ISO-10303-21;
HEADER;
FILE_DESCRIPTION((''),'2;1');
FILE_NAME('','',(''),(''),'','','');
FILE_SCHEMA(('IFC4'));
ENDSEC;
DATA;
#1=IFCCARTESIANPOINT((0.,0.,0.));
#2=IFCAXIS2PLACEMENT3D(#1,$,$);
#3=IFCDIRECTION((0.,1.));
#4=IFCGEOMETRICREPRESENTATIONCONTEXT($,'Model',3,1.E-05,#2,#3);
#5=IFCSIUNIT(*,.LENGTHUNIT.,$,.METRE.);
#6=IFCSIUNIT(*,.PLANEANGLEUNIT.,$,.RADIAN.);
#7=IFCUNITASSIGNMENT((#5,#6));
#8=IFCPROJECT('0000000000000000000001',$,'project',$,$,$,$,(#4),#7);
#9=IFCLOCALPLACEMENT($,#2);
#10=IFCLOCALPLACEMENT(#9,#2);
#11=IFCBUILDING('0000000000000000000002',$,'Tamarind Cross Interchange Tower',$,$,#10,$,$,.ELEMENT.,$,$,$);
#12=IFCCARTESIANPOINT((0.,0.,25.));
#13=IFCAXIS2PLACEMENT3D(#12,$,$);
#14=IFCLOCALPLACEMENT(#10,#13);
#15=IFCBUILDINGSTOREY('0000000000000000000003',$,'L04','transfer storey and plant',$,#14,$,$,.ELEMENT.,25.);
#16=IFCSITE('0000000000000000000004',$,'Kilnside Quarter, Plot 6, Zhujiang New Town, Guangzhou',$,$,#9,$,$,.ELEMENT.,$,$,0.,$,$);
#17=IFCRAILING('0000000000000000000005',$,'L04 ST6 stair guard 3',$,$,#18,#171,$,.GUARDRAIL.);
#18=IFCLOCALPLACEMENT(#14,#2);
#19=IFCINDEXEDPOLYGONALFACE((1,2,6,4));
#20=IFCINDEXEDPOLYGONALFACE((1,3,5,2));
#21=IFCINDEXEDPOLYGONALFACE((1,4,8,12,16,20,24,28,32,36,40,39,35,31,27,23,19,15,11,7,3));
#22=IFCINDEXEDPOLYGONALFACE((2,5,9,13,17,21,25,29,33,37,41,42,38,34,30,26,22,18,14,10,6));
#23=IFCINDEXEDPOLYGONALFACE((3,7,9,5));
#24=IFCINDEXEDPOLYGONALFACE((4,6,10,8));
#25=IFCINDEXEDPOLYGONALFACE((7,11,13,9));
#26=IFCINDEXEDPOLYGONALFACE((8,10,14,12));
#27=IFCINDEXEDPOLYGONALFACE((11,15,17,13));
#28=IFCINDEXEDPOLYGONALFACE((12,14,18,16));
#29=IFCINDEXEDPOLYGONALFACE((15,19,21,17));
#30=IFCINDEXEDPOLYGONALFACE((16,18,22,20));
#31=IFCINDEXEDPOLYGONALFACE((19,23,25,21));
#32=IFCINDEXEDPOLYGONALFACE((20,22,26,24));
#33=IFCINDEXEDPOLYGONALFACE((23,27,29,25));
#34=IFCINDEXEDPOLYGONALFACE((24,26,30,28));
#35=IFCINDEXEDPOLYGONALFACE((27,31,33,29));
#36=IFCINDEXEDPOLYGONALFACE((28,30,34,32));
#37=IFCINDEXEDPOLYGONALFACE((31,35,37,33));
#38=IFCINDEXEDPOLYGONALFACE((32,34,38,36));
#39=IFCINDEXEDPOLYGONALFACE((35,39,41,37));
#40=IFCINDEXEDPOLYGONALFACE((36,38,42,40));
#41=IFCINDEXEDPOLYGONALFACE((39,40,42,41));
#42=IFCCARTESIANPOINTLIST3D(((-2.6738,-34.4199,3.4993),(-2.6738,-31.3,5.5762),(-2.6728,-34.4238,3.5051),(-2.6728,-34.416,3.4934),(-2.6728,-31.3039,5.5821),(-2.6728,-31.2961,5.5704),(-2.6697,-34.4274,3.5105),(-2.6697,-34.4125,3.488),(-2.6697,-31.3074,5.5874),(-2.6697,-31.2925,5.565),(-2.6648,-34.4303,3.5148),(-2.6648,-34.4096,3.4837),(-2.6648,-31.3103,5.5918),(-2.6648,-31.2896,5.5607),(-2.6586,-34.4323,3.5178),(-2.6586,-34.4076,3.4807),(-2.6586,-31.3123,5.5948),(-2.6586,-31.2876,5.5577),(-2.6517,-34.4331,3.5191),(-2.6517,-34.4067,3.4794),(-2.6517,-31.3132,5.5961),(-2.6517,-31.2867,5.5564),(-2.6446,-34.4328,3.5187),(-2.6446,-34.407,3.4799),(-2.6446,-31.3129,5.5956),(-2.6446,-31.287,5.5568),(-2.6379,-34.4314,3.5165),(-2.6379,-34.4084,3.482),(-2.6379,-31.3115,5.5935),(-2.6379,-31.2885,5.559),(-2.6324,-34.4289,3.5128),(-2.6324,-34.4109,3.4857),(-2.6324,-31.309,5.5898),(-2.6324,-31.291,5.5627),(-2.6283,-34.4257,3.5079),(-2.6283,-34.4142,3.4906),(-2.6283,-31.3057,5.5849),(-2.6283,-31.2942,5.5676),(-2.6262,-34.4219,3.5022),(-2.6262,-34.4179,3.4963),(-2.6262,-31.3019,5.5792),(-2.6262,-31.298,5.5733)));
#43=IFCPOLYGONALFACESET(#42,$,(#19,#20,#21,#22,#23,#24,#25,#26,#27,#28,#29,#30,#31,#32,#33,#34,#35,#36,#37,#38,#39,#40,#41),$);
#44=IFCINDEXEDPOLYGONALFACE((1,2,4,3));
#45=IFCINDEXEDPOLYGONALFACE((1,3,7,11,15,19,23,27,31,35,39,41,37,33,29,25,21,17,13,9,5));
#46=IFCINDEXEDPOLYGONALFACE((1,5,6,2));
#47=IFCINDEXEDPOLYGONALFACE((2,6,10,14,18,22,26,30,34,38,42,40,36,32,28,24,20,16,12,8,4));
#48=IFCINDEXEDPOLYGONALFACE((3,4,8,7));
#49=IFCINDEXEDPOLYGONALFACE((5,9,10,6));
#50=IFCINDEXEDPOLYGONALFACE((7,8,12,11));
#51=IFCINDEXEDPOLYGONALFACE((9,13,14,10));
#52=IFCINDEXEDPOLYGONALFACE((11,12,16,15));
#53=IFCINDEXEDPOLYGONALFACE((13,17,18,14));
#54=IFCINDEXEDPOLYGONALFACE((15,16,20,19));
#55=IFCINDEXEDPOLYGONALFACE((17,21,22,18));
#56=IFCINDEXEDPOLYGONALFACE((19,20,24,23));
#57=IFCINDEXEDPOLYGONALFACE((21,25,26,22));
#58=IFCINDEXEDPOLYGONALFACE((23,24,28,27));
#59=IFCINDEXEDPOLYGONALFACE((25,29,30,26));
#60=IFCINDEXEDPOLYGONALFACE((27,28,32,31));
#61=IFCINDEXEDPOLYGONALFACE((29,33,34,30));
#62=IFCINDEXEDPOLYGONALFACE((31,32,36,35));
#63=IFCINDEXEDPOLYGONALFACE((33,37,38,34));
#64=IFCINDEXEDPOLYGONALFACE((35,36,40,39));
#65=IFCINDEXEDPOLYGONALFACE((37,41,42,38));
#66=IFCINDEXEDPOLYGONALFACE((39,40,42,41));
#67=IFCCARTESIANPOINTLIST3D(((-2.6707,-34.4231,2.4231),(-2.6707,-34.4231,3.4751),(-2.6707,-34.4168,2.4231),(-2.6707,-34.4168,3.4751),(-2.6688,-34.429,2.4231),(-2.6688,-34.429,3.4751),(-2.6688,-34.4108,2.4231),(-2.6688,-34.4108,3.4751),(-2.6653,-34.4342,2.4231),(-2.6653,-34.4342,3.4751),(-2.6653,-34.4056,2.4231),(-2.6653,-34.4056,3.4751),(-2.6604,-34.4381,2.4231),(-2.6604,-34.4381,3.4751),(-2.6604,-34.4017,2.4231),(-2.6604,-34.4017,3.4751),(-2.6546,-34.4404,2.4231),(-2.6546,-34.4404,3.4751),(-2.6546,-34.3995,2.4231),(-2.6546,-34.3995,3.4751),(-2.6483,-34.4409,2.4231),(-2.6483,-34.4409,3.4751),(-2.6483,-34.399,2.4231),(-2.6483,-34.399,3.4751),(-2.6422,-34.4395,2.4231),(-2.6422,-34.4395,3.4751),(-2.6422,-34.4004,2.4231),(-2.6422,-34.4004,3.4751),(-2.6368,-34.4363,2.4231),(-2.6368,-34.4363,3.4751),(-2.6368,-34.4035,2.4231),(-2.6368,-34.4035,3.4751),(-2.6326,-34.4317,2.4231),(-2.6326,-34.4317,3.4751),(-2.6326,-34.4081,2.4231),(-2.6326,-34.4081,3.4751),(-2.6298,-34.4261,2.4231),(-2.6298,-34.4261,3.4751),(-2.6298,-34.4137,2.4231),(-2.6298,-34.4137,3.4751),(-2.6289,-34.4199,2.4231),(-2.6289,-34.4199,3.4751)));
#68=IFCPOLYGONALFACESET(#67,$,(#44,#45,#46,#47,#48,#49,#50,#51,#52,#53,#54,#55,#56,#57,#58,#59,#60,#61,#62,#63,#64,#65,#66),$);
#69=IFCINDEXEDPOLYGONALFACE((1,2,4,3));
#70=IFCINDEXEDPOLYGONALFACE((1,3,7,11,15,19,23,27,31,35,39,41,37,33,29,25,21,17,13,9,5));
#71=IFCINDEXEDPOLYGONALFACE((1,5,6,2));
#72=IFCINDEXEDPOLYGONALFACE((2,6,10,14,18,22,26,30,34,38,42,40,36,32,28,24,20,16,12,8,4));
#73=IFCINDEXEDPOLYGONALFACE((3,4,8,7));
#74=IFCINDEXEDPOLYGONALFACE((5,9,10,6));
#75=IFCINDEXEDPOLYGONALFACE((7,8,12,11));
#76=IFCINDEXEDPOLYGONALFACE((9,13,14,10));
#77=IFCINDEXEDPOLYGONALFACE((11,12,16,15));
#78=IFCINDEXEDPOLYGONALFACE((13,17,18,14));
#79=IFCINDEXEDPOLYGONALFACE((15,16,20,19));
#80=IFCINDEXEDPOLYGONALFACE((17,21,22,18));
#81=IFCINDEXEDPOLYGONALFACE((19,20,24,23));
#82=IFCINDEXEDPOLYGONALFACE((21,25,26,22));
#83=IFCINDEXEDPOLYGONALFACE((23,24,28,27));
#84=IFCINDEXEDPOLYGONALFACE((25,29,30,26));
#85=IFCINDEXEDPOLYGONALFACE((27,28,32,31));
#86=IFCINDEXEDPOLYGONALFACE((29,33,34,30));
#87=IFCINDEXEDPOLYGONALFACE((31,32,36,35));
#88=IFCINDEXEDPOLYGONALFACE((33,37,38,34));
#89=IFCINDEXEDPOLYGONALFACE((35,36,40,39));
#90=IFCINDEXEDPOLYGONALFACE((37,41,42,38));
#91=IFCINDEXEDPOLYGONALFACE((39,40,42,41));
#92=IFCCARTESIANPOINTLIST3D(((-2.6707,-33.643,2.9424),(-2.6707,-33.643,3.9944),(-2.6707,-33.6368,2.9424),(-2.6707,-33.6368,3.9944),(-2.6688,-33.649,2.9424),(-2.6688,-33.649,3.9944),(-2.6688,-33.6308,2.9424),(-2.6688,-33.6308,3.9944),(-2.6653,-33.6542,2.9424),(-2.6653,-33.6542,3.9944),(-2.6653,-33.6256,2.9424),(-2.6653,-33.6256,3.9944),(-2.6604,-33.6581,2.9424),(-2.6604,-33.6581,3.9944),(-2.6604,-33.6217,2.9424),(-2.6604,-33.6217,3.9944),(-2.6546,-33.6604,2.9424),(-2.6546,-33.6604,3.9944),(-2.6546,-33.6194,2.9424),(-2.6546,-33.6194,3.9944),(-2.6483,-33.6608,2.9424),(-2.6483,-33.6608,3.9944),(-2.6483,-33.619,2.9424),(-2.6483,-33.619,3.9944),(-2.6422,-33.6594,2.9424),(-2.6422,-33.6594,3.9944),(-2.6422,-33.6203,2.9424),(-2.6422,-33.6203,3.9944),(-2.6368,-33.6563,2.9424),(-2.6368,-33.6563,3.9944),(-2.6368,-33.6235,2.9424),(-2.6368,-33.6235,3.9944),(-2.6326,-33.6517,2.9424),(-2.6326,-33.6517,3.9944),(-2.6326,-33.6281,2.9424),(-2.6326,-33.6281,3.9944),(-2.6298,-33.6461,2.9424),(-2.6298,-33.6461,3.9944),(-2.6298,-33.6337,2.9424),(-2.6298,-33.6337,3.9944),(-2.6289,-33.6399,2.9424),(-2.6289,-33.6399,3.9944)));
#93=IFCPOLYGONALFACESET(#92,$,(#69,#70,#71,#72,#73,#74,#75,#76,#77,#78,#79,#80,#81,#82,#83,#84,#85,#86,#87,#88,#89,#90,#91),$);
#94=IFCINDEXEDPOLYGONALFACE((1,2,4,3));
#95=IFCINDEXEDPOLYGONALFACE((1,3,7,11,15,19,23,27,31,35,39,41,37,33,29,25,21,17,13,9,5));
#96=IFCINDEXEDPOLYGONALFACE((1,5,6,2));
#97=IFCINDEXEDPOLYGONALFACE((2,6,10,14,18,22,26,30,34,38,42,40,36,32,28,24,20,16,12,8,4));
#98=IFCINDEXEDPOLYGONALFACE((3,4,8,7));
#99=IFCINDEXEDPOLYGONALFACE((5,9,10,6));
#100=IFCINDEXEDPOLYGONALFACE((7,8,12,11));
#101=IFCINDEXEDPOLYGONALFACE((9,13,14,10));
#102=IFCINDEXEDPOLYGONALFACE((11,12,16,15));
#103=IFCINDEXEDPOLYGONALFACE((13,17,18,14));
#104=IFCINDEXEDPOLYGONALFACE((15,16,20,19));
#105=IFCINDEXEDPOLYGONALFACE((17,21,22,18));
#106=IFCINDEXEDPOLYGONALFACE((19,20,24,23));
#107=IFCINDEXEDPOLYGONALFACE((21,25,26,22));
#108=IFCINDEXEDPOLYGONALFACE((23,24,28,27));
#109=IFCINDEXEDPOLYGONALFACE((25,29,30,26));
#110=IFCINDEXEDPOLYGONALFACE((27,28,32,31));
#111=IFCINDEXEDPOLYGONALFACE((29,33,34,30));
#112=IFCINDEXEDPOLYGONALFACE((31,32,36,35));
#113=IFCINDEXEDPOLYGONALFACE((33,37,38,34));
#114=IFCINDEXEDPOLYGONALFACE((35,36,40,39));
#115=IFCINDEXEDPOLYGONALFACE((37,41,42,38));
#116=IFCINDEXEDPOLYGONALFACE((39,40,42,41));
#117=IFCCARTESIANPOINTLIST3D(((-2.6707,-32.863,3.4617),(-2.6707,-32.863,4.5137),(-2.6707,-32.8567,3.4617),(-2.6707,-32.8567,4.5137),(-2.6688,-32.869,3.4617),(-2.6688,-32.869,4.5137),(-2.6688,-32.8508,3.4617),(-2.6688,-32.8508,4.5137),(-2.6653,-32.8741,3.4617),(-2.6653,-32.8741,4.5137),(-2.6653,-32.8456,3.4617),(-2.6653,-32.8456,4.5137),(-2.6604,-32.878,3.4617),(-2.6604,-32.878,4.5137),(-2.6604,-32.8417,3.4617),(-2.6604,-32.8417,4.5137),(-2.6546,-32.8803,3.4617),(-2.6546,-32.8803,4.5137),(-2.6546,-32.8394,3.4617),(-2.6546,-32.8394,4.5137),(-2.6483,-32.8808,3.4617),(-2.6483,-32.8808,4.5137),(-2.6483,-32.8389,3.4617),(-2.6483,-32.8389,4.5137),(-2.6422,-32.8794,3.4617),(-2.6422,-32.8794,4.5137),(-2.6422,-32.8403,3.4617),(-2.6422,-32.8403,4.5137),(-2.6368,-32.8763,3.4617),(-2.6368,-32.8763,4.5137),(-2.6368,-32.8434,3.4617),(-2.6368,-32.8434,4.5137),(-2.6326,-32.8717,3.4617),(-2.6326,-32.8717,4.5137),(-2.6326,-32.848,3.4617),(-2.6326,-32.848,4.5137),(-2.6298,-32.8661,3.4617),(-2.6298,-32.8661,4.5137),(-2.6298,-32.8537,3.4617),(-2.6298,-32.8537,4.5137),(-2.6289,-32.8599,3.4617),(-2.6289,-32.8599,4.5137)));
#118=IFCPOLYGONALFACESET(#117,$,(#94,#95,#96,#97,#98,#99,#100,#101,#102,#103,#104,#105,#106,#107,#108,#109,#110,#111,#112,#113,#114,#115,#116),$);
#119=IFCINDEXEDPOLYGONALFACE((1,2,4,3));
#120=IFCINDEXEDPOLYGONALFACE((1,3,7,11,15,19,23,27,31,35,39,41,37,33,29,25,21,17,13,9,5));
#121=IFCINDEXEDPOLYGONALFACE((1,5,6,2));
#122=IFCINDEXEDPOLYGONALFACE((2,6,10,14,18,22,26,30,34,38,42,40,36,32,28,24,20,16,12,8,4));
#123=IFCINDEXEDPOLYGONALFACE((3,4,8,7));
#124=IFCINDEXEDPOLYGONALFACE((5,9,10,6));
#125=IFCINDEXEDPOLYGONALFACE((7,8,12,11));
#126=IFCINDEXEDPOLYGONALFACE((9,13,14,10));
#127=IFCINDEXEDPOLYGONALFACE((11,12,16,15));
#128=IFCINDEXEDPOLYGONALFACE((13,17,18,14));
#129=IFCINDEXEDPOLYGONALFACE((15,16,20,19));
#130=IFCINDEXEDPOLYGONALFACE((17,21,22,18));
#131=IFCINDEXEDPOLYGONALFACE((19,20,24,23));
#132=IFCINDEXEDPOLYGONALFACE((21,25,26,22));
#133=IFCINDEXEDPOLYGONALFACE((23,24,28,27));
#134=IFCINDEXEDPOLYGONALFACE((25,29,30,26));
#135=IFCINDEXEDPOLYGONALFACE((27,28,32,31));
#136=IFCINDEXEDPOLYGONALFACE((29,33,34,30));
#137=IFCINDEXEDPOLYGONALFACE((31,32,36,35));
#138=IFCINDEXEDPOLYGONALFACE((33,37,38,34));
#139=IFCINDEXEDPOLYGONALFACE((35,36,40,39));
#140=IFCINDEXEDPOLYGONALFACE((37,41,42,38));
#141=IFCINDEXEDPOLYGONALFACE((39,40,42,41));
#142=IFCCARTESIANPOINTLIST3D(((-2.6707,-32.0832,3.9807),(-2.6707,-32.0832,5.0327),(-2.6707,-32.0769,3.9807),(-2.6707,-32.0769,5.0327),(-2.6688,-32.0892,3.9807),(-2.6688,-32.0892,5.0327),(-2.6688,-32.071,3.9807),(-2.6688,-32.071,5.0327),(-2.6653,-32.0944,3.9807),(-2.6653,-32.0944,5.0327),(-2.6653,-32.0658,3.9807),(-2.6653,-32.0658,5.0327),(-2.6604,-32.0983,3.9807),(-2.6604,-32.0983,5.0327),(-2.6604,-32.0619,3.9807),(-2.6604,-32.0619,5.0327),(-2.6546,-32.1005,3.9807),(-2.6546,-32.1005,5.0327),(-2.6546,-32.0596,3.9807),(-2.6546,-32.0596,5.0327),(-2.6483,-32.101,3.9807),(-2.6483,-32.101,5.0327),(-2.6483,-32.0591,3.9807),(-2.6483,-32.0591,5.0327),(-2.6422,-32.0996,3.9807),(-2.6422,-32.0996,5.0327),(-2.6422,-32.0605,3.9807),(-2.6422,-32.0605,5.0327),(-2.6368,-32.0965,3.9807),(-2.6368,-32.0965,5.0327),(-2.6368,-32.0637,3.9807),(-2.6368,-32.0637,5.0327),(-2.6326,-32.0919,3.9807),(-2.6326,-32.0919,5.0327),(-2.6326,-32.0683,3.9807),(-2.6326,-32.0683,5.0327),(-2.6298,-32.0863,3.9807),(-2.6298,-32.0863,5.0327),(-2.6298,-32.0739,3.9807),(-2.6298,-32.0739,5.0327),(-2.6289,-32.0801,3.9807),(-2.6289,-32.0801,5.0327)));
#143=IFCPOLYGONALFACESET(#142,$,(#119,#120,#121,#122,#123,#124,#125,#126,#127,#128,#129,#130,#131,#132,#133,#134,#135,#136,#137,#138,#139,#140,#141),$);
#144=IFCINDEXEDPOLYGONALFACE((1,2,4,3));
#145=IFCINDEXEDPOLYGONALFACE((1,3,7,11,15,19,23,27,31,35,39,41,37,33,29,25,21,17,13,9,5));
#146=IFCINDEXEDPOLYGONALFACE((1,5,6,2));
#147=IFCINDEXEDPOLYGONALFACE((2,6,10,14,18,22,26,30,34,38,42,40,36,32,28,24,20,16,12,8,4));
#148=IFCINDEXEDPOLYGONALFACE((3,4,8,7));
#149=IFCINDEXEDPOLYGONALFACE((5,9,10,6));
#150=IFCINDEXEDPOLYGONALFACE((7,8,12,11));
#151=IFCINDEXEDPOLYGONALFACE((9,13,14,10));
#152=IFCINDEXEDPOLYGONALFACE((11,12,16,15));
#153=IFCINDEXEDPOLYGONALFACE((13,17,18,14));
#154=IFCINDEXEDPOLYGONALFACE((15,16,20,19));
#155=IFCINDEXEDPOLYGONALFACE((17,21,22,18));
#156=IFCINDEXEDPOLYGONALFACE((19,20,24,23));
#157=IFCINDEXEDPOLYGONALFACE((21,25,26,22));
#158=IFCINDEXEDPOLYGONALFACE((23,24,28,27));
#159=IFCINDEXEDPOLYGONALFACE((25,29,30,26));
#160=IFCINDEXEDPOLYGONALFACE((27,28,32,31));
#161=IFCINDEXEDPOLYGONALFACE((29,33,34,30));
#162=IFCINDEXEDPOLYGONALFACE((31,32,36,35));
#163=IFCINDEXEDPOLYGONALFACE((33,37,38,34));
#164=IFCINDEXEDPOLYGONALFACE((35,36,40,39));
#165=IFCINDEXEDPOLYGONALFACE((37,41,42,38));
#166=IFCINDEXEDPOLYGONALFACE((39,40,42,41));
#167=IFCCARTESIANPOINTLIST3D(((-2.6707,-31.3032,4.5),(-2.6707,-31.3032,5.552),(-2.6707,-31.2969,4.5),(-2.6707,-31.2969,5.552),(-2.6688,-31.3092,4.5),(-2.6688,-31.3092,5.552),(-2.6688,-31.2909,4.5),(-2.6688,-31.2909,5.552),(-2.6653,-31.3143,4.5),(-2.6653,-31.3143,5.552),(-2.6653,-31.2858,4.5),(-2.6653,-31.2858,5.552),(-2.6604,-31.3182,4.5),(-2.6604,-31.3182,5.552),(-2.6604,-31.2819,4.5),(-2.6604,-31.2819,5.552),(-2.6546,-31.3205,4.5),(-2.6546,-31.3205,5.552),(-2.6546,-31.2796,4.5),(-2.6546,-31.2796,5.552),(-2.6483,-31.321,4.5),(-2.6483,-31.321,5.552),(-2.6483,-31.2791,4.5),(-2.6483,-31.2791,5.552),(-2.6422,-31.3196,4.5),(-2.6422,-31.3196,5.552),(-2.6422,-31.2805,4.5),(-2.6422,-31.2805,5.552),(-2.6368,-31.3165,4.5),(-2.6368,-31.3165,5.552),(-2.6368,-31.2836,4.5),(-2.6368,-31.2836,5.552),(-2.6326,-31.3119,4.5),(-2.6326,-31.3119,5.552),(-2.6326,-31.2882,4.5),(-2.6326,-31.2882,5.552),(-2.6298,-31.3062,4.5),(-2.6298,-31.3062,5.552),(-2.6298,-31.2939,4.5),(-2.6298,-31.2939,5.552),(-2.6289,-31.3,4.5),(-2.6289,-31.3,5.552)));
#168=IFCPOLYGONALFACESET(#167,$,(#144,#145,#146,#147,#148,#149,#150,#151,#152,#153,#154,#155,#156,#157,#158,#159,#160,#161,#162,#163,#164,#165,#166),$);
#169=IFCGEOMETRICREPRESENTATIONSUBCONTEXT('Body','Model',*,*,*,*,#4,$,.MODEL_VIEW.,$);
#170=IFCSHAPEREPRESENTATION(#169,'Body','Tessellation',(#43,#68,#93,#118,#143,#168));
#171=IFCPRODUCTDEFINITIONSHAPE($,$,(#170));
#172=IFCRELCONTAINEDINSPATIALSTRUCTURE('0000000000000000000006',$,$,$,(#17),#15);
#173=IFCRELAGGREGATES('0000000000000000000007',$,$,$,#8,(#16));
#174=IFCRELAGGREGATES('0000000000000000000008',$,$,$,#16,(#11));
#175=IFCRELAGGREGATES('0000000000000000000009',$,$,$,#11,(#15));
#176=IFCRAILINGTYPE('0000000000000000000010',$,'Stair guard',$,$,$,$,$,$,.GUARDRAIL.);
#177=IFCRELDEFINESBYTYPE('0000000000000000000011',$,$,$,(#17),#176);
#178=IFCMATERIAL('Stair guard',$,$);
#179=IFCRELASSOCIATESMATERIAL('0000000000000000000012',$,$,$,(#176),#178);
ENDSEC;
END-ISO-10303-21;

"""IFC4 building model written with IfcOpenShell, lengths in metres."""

from ifc_helpers import new_model, si_unit, direction, frame, origin, origin_2d, place, context, subcontext, project, spatial, circle, extrude, material, type_object, element, save


model = new_model("IFC4")

# Units and contexts
model_context = context("Model", 3, precision=1e-05, world=origin(), true_north=direction((0.0, 1.0)))
body_context = subcontext(model_context, "Body", "Model", "MODEL_VIEW")
ifc_project = project(units=[si_unit("LENGTHUNIT", "METRE"), si_unit("PLANEANGLEUNIT", "RADIAN")], contexts=[model_context])

# Site, building, storey
site_placement = place(None, origin())
site = spatial("IfcSite", under=ifc_project, at=site_placement, Name="Kilnside Quarter, Plot 6, Zhujiang New Town, Guangzhou", CompositionType="ELEMENT", RefElevation=0.0)
building_placement = place(site_placement, origin())
building = spatial("IfcBuilding", under=site, at=building_placement, Name="Tamarind Cross Interchange Tower", CompositionType="ELEMENT")
storey_placement = place(building_placement, frame((0.0, 0.0, 25.0)))
storey = spatial("IfcBuildingStorey", under=building, at=storey_placement, Name="L04", Description="transfer storey and plant", CompositionType="ELEMENT", Elevation=25.0)

# Railing
ifc_material_1 = material(Name="Stair guard")
railing_type_1 = type_object("IfcRailingType", Name="Stair guard", PredefinedType="GUARDRAIL", material=ifc_material_1)
railing_1_placement = place(storey_placement, frame((-2.6499, -34.4199, 2.4231)))
element("IfcRailing", 1, at=railing_1_placement, inside=storey, type_object=railing_type_1, Name="L04 ST6 stair guard 3", PredefinedType="GUARDRAIL", context=body_context, shape_type="SweptSolid", body=[
    extrude(circle(Radius=0.0239, at=origin_2d()), frame((0.0, 0.0, 1.0762), z_axis=(0.0, 0.832421, 0.554144), x_axis=(-1.0, 0.0, 0.0)), (0.0, 0.0, 1.0), 3.748),
    extrude(circle(Radius=0.021, at=origin_2d()), origin(), (0.0, 0.0, 1.0), 1.052),
    extrude(circle(Radius=0.021, at=origin_2d()), frame((0.0, 0.78, 0.5193)), (0.0, 0.0, 1.0), 1.052),
    extrude(circle(Radius=0.021, at=origin_2d()), frame((0.0, 1.5601, 1.0386)), (0.0, 0.0, 1.0), 1.052),
    extrude(circle(Radius=0.021, at=origin_2d()), frame((0.0, 2.3398, 1.5576)), (0.0, 0.0, 1.0), 1.052),
    extrude(circle(Radius=0.021, at=origin_2d()), frame((0.0, 3.1199, 2.0769)), (0.0, 0.0, 1.0), 1.052),
])

save(model, "model.ifc")
